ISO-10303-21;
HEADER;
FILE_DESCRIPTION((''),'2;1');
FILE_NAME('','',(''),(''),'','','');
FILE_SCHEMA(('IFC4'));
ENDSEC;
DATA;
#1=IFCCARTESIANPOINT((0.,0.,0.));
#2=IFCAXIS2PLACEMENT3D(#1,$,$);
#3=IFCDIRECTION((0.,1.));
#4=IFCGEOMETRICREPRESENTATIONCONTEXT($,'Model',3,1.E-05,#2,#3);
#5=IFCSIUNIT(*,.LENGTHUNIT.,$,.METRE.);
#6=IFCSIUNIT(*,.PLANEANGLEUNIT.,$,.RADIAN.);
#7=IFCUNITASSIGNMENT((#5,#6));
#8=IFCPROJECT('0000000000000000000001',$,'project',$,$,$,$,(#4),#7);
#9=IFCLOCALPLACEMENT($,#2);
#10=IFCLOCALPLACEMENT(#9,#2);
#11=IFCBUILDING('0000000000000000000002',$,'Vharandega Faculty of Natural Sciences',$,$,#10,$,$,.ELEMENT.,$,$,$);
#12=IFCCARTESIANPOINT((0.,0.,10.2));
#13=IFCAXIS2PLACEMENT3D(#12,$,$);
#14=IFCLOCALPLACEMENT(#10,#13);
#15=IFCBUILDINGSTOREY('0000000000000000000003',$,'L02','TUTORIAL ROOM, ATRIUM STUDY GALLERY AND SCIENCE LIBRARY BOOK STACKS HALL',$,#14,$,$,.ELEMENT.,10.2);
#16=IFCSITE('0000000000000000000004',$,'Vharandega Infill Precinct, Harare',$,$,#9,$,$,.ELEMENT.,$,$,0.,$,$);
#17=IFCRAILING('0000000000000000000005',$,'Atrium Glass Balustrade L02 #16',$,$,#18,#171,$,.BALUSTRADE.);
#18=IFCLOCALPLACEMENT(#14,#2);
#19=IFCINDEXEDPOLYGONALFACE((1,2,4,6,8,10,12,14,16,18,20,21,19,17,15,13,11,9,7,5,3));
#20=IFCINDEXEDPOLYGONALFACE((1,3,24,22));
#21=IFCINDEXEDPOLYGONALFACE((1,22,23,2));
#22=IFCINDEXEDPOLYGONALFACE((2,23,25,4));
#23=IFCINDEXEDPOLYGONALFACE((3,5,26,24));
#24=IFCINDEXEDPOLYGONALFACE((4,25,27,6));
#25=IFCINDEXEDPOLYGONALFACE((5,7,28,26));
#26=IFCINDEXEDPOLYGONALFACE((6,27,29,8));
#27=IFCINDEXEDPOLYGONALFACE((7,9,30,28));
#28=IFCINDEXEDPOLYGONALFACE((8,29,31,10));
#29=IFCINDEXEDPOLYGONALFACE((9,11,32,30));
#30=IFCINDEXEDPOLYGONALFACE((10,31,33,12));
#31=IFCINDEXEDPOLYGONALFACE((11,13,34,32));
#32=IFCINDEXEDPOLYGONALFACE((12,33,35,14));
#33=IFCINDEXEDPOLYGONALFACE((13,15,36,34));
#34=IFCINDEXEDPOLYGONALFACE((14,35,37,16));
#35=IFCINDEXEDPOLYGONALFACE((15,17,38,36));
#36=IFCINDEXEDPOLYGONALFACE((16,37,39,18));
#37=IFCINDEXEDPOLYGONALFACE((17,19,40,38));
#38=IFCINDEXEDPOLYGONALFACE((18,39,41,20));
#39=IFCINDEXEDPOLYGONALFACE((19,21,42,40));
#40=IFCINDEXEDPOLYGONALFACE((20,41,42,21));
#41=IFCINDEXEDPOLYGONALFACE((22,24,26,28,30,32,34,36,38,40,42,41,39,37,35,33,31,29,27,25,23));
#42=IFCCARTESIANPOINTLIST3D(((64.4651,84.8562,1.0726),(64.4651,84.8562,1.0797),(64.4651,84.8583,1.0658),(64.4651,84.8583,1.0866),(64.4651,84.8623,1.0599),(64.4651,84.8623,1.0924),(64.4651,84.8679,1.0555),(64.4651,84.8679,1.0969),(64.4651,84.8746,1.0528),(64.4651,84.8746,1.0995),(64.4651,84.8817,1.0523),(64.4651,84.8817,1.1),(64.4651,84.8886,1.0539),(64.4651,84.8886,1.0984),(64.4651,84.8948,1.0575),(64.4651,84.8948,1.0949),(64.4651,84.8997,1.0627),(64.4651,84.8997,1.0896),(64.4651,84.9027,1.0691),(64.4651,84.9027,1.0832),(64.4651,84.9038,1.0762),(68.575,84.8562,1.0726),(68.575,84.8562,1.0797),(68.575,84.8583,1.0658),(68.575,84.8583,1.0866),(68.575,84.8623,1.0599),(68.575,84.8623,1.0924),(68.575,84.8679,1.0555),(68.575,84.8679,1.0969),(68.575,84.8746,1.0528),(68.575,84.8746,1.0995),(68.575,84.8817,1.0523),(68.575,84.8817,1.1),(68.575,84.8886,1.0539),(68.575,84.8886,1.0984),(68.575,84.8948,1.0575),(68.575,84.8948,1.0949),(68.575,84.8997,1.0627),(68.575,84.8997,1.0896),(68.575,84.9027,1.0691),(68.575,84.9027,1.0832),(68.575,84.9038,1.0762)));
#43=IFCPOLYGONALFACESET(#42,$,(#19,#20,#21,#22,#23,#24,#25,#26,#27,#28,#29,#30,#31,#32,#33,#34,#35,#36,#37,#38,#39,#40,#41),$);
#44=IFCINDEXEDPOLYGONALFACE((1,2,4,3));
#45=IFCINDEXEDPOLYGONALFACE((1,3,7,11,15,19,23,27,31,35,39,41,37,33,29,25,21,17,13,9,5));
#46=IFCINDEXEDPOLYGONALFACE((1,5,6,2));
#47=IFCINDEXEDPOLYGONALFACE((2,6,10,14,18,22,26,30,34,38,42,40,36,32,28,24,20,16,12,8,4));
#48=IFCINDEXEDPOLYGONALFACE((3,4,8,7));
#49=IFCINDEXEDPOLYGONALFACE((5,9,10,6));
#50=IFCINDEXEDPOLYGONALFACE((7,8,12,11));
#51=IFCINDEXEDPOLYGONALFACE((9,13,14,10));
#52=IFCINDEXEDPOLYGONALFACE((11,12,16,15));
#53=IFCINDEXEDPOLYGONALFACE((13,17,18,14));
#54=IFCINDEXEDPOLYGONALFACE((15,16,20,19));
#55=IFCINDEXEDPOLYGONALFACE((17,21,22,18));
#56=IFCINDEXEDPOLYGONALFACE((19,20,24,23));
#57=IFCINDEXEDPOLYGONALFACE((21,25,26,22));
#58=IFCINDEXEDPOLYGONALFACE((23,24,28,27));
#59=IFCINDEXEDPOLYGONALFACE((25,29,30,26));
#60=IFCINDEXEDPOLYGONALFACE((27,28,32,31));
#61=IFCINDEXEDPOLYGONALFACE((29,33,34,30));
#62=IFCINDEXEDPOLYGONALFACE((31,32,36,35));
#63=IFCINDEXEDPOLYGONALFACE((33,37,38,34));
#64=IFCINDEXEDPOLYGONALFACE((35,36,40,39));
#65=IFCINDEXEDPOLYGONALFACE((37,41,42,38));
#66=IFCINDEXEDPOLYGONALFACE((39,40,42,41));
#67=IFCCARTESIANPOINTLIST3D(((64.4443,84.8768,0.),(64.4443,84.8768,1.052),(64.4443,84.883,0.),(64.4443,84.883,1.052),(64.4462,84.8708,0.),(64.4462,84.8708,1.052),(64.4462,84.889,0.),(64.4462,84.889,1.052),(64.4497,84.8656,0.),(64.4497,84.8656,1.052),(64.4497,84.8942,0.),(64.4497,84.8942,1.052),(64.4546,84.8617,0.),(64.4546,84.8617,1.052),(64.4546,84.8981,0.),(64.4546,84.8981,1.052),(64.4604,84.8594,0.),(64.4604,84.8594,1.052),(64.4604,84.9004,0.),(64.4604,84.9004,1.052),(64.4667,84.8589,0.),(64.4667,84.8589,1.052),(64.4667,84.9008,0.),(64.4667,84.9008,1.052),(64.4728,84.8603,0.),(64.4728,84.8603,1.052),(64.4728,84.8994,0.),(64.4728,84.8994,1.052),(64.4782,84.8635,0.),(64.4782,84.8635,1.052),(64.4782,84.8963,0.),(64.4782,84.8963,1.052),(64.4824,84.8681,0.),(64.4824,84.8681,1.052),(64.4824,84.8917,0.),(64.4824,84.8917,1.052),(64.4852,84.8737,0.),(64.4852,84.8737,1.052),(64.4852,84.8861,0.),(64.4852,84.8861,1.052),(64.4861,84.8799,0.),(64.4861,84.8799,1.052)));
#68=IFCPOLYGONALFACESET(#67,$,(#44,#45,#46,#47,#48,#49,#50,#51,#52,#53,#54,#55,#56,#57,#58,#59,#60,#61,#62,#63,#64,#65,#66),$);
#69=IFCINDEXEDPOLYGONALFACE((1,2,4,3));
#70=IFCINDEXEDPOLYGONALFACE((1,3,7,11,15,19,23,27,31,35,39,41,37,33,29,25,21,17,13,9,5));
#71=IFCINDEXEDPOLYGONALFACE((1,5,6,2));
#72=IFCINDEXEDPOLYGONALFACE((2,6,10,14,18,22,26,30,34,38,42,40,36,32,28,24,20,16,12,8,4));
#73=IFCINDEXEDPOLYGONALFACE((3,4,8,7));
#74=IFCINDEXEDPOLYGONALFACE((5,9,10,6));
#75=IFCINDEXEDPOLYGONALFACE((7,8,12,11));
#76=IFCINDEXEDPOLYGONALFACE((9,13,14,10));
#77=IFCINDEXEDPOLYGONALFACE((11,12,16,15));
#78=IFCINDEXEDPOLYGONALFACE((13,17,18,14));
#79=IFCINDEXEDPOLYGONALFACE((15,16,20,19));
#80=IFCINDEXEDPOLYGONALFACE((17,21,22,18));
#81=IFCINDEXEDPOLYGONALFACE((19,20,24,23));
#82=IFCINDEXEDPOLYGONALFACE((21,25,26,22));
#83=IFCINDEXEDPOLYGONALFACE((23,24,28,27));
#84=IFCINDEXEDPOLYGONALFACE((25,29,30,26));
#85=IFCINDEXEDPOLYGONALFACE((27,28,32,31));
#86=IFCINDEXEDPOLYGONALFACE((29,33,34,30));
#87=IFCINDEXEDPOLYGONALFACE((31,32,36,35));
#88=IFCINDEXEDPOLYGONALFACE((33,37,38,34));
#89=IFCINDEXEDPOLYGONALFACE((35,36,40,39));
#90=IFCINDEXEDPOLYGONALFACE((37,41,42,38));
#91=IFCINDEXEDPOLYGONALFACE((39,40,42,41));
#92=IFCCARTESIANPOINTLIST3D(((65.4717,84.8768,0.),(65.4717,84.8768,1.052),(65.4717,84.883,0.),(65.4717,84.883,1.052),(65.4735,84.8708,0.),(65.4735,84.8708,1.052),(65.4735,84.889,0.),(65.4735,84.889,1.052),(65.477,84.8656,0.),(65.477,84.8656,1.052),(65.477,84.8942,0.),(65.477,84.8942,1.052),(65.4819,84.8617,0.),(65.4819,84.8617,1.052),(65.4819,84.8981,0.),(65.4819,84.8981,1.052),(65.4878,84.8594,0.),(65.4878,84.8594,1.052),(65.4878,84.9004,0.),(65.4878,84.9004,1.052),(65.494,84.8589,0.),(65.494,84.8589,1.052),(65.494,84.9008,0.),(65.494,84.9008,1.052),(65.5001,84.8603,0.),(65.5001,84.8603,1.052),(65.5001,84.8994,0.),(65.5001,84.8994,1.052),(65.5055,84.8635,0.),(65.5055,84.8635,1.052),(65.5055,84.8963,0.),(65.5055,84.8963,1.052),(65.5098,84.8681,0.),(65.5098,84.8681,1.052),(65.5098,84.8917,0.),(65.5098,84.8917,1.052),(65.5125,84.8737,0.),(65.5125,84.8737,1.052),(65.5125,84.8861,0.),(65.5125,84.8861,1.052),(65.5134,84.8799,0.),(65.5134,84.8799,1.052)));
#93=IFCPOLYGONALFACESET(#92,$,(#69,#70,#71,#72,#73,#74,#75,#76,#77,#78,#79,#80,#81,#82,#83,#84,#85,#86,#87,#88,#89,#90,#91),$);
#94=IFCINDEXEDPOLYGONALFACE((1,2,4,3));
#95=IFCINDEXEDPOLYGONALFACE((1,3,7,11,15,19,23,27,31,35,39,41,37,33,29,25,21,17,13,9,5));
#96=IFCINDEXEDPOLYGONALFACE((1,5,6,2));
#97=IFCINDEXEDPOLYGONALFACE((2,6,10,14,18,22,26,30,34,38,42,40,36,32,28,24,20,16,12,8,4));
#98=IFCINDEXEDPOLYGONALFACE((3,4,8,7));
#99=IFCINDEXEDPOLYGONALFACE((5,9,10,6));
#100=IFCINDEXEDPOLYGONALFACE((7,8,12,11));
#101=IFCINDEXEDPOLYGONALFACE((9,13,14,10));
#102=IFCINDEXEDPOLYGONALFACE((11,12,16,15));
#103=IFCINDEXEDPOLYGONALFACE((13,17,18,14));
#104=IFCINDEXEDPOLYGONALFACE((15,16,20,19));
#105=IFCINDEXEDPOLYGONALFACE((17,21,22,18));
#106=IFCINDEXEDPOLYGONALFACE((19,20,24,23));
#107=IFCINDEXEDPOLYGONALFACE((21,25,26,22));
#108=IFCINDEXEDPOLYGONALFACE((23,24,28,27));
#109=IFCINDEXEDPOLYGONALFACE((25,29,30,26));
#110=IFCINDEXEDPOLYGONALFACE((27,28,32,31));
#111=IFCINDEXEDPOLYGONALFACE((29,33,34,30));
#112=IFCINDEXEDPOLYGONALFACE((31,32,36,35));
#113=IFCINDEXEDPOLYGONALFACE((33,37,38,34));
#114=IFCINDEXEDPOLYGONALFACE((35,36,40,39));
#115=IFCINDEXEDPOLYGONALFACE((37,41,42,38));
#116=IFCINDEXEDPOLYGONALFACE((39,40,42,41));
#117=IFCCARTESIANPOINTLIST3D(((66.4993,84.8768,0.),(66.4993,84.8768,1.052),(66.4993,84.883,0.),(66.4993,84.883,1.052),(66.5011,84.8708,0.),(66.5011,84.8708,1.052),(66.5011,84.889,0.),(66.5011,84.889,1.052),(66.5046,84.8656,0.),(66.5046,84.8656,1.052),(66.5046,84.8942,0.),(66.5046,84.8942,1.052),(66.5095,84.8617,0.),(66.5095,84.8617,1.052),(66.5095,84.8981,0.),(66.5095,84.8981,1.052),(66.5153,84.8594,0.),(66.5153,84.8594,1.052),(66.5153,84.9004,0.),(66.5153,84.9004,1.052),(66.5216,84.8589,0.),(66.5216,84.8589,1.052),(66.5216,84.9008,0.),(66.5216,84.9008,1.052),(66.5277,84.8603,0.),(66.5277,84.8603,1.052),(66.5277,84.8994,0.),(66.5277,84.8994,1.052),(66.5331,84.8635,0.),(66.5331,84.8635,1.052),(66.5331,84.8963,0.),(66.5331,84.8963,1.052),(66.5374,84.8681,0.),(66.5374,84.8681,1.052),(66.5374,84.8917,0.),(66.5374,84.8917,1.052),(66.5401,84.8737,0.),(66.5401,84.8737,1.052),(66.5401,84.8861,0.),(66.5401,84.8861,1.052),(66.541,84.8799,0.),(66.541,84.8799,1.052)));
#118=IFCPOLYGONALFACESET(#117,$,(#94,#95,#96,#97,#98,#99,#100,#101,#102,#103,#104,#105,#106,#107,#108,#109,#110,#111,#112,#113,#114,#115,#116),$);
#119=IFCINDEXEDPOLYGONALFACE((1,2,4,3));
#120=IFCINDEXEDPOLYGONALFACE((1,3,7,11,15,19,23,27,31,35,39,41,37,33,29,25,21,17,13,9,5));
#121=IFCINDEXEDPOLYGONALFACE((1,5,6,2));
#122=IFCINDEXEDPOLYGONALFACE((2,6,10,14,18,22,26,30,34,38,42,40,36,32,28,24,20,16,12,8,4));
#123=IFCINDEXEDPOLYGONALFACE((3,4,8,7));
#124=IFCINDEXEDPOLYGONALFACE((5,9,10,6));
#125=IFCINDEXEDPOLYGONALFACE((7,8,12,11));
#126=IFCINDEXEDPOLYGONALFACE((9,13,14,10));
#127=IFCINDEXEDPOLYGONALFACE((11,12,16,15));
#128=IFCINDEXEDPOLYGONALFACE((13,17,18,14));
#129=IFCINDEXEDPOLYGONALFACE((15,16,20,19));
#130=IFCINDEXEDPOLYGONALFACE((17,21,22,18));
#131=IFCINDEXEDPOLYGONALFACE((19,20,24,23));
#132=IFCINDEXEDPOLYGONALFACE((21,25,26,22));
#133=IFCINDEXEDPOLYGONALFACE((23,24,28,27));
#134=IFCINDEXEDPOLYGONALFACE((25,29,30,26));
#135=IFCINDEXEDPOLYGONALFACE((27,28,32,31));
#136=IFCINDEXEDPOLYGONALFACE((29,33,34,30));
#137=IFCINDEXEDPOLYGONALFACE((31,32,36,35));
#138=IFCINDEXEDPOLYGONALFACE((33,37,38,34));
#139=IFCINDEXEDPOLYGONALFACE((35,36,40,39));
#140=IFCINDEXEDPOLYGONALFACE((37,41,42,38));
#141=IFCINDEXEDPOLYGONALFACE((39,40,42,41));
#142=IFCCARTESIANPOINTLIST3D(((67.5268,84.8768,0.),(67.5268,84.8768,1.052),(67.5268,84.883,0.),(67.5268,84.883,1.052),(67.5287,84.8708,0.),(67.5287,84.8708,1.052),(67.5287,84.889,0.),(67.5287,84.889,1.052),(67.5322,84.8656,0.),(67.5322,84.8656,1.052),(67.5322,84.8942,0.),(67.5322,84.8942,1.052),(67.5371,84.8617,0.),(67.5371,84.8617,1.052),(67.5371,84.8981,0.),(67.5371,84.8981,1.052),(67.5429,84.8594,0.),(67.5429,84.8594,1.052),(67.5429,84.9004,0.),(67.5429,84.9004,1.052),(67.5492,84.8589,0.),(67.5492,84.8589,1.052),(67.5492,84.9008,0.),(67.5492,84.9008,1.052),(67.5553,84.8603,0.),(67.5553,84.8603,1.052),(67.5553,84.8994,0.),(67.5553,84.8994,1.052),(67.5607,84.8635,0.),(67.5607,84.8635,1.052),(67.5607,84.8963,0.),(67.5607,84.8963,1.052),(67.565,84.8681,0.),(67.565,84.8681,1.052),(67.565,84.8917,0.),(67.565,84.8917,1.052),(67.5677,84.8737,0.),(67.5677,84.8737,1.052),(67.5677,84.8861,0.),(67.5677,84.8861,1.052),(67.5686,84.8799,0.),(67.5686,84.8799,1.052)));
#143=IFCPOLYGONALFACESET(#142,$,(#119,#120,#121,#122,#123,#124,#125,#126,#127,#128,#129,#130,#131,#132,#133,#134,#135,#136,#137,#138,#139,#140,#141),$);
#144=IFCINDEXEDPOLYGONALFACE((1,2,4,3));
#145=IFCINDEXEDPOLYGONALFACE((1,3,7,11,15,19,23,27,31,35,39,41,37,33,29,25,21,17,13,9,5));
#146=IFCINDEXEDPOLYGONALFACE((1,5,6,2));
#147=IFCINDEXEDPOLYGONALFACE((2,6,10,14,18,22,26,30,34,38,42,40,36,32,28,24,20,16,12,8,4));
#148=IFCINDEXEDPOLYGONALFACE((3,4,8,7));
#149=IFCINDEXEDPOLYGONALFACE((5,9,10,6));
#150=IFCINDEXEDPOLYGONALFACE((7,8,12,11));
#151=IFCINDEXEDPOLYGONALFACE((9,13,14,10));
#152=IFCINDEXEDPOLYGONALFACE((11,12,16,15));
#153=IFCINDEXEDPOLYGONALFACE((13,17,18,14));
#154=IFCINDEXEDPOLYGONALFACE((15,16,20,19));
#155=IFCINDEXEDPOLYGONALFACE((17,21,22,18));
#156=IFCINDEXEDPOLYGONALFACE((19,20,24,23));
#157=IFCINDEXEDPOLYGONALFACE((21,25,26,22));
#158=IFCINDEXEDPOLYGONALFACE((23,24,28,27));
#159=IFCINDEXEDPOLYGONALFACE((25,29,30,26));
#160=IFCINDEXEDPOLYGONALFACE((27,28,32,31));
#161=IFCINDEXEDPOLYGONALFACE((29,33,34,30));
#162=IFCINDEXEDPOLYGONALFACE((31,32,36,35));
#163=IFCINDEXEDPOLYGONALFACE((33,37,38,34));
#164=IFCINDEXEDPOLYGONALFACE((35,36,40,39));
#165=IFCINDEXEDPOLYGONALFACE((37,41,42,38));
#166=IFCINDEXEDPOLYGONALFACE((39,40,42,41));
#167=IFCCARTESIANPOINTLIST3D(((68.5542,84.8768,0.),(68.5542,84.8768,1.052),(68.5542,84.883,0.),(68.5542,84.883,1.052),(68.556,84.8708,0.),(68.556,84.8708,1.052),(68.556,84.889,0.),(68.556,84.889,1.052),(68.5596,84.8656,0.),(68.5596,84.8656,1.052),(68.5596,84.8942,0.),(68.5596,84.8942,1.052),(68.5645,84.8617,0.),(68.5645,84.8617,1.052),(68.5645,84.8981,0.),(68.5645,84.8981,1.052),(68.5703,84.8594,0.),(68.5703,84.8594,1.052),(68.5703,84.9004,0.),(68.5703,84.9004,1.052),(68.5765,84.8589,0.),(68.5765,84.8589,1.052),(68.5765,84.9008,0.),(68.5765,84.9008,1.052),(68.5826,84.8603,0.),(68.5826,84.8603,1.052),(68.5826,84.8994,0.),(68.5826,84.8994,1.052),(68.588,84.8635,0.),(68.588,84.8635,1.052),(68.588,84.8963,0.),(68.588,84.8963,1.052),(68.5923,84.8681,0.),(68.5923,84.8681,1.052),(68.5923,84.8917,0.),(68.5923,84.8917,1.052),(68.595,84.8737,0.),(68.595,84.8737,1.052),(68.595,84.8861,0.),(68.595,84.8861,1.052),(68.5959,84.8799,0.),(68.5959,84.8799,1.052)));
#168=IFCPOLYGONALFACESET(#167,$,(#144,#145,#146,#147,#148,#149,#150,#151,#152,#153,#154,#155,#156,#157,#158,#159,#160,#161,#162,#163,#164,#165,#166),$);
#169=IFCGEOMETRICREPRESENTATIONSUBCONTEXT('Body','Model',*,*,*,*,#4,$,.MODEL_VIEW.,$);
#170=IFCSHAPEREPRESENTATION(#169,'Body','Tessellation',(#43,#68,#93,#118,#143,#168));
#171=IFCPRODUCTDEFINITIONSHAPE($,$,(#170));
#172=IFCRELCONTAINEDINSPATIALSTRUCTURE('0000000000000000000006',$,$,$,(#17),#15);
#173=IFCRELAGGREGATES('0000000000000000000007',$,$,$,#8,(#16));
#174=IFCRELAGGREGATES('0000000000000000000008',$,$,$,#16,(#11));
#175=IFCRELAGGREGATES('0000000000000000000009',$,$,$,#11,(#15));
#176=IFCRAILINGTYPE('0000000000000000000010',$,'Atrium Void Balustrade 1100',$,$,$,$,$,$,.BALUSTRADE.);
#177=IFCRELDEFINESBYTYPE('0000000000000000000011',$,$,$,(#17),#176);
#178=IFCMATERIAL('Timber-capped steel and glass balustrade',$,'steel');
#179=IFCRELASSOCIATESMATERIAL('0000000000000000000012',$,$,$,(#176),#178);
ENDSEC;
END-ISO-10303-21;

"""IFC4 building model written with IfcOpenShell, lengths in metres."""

from ifc_helpers import new_model, si_unit, direction, frame, origin, origin_2d, place, context, subcontext, project, spatial, circle, extrude, material, type_object, element, save


model = new_model("IFC4")

# Units and contexts
model_context = context("Model", 3, precision=1e-05, world=origin(), true_north=direction((0.0, 1.0)))
body_context = subcontext(model_context, "Body", "Model", "MODEL_VIEW")
ifc_project = project(units=[si_unit("LENGTHUNIT", "METRE"), si_unit("PLANEANGLEUNIT", "RADIAN")], contexts=[model_context])

# Site, building, storey
site_placement = place(None, origin())
site = spatial("IfcSite", under=ifc_project, at=site_placement, Name="Vharandega Infill Precinct, Harare", CompositionType="ELEMENT", RefElevation=0.0)
building_placement = place(site_placement, origin())
building = spatial("IfcBuilding", under=site, at=building_placement, Name="Vharandega Faculty of Natural Sciences", CompositionType="ELEMENT")
storey_placement = place(building_placement, frame((0.0, 0.0, 10.2)))
storey = spatial("IfcBuildingStorey", under=building, at=storey_placement, Name="L02", Description="TUTORIAL ROOM, ATRIUM STUDY GALLERY AND SCIENCE LIBRARY BOOK STACKS HALL", CompositionType="ELEMENT", Elevation=10.2)

# Railing
ifc_material_1 = material(Name="Timber-capped steel and glass balustrade", Category="steel")
railing_type = type_object("IfcRailingType", Name="Atrium Void Balustrade 1100", PredefinedType="BALUSTRADE", material=ifc_material_1)
railing_placement = place(storey_placement, frame((64.4651, 84.8799, 0.0)))
element("IfcRailing", 1, at=railing_placement, inside=storey, type_object=railing_type, Name="Atrium Glass Balustrade L02 #16", PredefinedType="BALUSTRADE", context=body_context, shape_type="SweptSolid", body=[
    extrude(circle(Radius=0.0239, at=origin_2d()), frame((0.0, 0.0, 1.0762), z_axis=(1.0, 0.0, 0.0), x_axis=(0.0, 1.0, 0.0)), (0.0, 0.0, 1.0), 4.1099),
    extrude(circle(Radius=0.021, at=origin_2d()), origin(), (0.0, 0.0, 1.0), 1.052),
    extrude(circle(Radius=0.021, at=origin_2d()), frame((1.0273, 0.0, 0.0)), (0.0, 0.0, 1.0), 1.052),
    extrude(circle(Radius=0.021, at=origin_2d()), frame((2.0549, 0.0, 0.0)), (0.0, 0.0, 1.0), 1.052),
    extrude(circle(Radius=0.021, at=origin_2d()), frame((3.0825, 0.0, 0.0)), (0.0, 0.0, 1.0), 1.052),
    extrude(circle(Radius=0.021, at=origin_2d()), frame((4.1099, 0.0, 0.0)), (0.0, 0.0, 1.0), 1.052),
])

save(model, "model.ifc")
